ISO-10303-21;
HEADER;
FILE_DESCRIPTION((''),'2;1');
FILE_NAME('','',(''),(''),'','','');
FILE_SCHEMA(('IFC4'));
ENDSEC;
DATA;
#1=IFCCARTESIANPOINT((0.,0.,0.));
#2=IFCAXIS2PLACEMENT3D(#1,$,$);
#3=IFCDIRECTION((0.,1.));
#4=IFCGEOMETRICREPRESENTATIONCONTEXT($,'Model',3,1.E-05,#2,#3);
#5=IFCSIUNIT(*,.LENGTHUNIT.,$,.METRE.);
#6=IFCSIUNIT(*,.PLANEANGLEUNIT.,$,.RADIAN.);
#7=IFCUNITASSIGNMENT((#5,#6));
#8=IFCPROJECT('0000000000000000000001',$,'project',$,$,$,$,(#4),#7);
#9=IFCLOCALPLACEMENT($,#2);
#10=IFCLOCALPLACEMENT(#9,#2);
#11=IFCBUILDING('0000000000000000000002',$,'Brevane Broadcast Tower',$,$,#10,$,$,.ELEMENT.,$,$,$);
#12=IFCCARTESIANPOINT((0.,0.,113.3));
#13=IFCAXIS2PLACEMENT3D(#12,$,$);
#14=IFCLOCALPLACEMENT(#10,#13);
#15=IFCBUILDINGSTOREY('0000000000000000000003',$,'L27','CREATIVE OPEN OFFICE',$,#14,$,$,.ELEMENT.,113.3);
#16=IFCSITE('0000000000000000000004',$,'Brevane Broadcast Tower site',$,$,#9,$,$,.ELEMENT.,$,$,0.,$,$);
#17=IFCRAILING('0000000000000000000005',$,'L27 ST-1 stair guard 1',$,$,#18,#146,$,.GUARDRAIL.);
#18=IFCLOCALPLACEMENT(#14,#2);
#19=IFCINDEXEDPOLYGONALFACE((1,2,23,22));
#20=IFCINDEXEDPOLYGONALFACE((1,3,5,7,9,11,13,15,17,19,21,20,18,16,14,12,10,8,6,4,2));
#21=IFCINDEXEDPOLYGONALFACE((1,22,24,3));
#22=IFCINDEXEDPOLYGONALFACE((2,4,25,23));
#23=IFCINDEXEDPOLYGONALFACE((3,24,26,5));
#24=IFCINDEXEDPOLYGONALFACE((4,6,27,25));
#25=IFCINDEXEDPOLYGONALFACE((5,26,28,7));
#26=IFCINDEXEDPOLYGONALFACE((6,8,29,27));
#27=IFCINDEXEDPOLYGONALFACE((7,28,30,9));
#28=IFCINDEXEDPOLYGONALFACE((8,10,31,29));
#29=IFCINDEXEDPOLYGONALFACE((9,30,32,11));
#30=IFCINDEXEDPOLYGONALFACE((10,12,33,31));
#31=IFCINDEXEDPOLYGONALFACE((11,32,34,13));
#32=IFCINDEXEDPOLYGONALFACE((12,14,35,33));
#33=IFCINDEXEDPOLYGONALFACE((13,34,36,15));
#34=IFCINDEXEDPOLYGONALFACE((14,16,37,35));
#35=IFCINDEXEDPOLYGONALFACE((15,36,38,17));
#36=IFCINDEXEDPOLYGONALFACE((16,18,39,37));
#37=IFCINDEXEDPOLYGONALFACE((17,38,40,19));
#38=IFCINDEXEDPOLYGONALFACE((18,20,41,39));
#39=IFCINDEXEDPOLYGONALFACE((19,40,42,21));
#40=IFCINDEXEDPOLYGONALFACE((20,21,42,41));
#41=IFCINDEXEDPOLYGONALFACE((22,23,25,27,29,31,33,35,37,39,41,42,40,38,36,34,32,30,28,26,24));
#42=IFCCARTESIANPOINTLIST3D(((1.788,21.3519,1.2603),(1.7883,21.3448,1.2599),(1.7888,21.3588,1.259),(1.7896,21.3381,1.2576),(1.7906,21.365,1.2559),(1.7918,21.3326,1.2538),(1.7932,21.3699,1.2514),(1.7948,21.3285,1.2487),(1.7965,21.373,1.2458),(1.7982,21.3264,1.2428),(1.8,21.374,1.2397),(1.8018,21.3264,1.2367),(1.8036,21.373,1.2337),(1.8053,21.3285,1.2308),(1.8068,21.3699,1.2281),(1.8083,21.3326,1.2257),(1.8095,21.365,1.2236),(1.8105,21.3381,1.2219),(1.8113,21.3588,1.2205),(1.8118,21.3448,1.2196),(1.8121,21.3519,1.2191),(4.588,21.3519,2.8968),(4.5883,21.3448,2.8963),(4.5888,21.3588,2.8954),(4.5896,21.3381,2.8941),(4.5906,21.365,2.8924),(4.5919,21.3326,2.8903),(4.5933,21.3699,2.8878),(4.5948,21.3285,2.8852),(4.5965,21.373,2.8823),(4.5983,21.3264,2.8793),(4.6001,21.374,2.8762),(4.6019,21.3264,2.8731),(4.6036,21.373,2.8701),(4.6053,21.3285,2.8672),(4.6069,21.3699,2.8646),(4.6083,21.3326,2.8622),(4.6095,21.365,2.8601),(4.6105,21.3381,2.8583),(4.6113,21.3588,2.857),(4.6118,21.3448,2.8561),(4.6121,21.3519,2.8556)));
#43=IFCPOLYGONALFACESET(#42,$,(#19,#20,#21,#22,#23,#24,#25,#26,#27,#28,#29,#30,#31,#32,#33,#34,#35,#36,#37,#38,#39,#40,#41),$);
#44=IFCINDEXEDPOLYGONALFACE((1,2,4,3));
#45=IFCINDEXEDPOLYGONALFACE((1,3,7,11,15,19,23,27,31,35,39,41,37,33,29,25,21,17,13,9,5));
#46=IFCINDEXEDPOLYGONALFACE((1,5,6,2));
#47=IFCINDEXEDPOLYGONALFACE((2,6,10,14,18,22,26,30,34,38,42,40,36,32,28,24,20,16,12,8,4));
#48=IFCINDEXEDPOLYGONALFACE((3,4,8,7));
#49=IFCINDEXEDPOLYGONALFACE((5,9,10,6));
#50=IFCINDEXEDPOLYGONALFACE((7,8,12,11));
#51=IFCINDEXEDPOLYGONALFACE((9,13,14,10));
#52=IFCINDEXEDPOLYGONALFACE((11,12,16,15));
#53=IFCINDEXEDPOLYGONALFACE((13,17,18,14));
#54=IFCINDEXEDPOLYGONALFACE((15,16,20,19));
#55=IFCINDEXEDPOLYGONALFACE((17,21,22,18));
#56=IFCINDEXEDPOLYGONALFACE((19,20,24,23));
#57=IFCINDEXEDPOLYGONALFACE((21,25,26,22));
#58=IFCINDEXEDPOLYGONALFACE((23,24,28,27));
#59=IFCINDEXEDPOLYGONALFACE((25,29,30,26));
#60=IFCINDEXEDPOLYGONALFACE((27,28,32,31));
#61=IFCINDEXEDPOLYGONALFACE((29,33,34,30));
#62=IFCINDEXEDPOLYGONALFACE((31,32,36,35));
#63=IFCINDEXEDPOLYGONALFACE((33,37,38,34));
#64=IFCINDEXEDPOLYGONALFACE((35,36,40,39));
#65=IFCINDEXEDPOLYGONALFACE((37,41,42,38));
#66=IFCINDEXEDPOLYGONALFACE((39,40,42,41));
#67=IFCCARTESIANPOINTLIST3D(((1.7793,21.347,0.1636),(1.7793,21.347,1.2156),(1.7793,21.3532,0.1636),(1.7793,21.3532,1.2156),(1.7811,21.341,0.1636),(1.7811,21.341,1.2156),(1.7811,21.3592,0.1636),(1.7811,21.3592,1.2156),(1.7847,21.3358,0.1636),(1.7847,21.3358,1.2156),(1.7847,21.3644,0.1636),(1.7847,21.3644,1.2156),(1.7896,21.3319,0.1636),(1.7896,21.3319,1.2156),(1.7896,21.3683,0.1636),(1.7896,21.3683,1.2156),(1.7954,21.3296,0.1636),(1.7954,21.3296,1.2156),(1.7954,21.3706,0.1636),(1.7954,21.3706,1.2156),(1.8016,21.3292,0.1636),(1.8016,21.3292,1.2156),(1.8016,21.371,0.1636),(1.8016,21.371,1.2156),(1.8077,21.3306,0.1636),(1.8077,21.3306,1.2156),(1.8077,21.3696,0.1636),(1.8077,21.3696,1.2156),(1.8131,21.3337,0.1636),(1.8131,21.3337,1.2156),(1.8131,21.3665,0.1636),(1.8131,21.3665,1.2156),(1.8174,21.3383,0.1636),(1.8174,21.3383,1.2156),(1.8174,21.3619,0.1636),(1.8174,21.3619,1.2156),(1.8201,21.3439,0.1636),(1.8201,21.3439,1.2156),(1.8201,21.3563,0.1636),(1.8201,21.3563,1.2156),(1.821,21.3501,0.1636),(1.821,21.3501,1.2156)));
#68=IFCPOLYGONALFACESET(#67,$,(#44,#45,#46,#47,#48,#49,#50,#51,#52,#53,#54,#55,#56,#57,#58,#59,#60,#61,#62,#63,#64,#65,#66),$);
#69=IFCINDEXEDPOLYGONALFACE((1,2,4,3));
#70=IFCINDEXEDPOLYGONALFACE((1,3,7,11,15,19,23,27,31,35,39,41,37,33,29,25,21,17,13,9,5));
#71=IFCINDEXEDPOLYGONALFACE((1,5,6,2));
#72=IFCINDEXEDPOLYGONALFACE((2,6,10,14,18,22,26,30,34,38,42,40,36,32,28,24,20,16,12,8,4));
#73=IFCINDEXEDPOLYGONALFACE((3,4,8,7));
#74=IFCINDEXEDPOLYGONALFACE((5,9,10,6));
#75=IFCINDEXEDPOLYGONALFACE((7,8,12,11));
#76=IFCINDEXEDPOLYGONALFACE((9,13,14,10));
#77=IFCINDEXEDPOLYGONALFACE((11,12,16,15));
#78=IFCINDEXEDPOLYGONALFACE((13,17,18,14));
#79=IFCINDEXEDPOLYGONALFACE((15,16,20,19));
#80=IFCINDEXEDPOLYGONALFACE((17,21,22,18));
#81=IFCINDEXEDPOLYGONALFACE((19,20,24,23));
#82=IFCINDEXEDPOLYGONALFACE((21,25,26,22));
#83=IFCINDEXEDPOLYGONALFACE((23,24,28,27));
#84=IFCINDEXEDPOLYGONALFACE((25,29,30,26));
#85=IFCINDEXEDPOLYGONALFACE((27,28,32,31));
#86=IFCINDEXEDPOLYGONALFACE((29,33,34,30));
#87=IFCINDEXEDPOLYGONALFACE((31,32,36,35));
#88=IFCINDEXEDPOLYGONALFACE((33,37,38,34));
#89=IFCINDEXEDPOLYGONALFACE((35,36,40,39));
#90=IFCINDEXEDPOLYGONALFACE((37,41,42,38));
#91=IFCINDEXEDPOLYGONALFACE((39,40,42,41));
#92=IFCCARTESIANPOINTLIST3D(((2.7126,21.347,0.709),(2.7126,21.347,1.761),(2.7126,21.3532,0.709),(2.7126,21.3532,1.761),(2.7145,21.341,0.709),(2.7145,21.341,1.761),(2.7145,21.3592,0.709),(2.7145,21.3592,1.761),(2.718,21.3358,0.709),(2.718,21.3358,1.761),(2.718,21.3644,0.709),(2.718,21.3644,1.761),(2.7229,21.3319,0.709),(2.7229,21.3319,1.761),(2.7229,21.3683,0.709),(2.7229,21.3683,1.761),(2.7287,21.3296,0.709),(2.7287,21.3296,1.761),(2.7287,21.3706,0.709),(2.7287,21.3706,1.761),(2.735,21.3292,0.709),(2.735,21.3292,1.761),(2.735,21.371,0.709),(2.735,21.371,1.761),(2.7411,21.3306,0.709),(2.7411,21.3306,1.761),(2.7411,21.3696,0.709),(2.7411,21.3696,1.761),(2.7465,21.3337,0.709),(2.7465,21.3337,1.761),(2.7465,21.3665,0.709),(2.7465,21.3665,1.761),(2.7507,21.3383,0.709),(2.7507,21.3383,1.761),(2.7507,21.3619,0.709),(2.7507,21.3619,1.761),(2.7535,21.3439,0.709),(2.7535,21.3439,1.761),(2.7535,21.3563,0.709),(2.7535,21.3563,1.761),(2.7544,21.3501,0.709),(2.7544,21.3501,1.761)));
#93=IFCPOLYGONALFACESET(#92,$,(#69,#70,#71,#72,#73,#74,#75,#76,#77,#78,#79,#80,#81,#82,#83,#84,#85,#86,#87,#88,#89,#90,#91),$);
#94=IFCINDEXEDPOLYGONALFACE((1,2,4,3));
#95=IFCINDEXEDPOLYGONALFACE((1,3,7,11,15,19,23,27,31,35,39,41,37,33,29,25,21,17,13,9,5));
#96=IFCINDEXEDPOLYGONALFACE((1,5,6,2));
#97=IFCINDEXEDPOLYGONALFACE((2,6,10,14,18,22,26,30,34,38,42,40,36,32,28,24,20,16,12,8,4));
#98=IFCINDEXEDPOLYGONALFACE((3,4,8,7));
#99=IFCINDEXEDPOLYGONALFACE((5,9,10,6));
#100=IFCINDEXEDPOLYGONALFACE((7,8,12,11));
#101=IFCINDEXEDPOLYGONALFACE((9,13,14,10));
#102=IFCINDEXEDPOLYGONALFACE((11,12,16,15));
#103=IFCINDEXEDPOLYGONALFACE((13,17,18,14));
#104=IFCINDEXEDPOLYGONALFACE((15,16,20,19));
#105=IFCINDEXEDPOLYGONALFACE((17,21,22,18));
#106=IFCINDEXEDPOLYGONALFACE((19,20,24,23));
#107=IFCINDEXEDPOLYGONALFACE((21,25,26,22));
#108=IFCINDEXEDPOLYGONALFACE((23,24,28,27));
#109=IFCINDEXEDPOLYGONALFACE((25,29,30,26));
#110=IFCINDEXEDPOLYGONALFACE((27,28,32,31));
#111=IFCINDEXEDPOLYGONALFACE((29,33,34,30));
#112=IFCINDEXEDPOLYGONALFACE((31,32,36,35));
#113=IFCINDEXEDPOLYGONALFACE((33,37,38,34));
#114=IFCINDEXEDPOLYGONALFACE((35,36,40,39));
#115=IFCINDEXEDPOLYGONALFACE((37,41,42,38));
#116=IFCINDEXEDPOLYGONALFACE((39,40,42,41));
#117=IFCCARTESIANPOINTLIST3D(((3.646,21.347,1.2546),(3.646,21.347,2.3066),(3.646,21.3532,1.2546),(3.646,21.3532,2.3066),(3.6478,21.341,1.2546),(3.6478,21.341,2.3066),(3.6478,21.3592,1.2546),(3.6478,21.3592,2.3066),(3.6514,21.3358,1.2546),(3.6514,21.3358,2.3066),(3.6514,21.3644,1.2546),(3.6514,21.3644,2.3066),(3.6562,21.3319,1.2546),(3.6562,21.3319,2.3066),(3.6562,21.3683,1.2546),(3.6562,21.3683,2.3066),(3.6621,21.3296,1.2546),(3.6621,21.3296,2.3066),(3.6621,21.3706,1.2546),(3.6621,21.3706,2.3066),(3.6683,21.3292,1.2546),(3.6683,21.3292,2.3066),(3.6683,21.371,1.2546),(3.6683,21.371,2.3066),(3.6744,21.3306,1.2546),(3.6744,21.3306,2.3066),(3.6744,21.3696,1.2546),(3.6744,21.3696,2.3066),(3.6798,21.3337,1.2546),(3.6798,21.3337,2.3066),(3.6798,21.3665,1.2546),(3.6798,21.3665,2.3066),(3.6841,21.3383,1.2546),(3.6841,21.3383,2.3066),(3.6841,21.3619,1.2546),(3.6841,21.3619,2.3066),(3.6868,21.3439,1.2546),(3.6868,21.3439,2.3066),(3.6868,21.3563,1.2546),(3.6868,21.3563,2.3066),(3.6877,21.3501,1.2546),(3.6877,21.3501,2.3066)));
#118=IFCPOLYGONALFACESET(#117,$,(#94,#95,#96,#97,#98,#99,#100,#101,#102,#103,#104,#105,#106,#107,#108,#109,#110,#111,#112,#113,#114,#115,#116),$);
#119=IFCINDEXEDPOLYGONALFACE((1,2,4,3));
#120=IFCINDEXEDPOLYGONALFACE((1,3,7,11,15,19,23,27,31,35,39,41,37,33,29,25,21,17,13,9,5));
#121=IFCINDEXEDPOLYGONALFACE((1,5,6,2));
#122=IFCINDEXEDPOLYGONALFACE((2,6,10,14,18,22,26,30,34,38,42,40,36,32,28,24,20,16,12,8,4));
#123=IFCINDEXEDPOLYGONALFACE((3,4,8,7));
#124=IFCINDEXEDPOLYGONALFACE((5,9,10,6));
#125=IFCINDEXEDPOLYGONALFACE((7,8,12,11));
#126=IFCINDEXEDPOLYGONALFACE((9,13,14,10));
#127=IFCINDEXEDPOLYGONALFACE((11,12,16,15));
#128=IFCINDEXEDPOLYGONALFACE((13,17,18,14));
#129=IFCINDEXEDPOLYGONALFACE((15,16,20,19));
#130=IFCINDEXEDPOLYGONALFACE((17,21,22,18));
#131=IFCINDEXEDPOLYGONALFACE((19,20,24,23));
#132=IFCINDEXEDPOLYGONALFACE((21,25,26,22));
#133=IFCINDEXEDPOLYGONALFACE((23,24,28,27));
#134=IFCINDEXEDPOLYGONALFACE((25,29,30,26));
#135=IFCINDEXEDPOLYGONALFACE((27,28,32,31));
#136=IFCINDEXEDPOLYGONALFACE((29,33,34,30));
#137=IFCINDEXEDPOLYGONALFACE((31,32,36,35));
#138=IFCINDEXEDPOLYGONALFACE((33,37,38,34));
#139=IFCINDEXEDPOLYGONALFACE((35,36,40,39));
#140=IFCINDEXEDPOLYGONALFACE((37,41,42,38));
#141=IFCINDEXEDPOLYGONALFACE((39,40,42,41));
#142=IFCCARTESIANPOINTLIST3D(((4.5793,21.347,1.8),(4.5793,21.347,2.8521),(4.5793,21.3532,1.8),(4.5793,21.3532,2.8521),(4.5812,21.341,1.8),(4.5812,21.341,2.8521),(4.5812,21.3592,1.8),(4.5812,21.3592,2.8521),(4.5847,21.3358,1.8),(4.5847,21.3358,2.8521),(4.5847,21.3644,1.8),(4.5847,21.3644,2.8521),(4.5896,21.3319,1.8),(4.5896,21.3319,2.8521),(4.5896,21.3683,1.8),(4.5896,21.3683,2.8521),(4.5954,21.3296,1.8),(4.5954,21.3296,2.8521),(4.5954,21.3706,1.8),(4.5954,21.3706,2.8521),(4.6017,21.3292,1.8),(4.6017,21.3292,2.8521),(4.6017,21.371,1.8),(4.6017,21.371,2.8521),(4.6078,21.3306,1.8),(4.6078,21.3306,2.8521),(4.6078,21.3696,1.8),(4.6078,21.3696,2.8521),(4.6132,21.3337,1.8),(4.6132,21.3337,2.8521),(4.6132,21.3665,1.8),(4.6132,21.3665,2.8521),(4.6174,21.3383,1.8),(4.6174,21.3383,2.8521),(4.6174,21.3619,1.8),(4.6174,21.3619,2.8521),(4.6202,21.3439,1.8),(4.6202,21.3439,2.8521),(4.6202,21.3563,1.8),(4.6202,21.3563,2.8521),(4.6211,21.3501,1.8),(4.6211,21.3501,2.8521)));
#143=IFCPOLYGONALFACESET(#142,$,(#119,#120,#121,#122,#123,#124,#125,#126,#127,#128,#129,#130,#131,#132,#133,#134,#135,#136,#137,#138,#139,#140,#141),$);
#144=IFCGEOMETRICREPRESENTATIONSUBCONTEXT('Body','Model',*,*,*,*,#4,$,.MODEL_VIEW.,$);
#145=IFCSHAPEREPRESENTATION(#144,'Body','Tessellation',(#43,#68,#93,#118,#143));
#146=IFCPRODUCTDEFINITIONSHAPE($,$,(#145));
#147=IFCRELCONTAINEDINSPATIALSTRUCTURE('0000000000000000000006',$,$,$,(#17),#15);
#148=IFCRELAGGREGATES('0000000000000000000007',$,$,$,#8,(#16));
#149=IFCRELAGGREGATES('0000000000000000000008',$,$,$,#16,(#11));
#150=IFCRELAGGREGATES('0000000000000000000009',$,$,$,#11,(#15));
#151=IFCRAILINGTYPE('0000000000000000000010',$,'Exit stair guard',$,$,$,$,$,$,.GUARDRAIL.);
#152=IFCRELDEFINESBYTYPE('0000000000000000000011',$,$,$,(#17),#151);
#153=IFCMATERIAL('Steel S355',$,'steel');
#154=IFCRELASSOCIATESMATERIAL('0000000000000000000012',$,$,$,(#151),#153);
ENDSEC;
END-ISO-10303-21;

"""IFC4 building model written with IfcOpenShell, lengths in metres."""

from ifc_helpers import new_model, si_unit, direction, frame, origin, origin_2d, place, context, subcontext, project, spatial, circle, extrude, material, type_object, element, save


model = new_model("IFC4")

# Units and contexts
model_context = context("Model", 3, precision=1e-05, world=origin(), true_north=direction((0.0, 1.0)))
body_context = subcontext(model_context, "Body", "Model", "MODEL_VIEW")
ifc_project = project(units=[si_unit("LENGTHUNIT", "METRE"), si_unit("PLANEANGLEUNIT", "RADIAN")], contexts=[model_context])

# Site, building, storey
site_placement = place(None, origin())
site = spatial("IfcSite", under=ifc_project, at=site_placement, Name="Brevane Broadcast Tower site", CompositionType="ELEMENT", RefElevation=0.0)
building_placement = place(site_placement, origin())
building = spatial("IfcBuilding", under=site, at=building_placement, Name="Brevane Broadcast Tower", CompositionType="ELEMENT")
storey_placement = place(building_placement, frame((0.0, 0.0, 113.3)))
storey = spatial("IfcBuildingStorey", under=building, at=storey_placement, Name="L27", Description="CREATIVE OPEN OFFICE", CompositionType="ELEMENT", Elevation=113.3)

# Railing
ifc_material_1 = material(Name="Steel S355", Category="steel")
railing_type_1 = type_object("IfcRailingType", Name="Exit stair guard", PredefinedType="GUARDRAIL", material=ifc_material_1)
railing_1_placement = place(storey_placement, frame((1.8, 21.3501, 0.1636)))
element("IfcRailing", 1, at=railing_1_placement, inside=storey, type_object=railing_type_1, Name="L27 ST-1 stair guard 1", PredefinedType="GUARDRAIL", context=body_context, shape_type="SweptSolid", body=[
    extrude(circle(Radius=0.0239, at=origin_2d()), frame((0.0, 0.0, 1.0762), z_axis=(0.863361, 0.0, 0.504587), x_axis=(0.0, 1.0, 0.0)), (0.0, 0.0, 1.0), 3.2432),
    extrude(circle(Radius=0.021, at=origin_2d()), origin(), (0.0, 0.0, 1.0), 1.052),
    extrude(circle(Radius=0.021, at=origin_2d()), frame((0.9333, 0.0, 0.5454)), (0.0, 0.0, 1.0), 1.052),
    extrude(circle(Radius=0.021, at=origin_2d()), frame((1.8667, 0.0, 1.0911)), (0.0, 0.0, 1.0), 1.052),
    extrude(circle(Radius=0.021, at=origin_2d()), frame((2.8, 0.0, 1.6365)), (0.0, 0.0, 1.0), 1.052),
])

save(model, "model.ifc")
